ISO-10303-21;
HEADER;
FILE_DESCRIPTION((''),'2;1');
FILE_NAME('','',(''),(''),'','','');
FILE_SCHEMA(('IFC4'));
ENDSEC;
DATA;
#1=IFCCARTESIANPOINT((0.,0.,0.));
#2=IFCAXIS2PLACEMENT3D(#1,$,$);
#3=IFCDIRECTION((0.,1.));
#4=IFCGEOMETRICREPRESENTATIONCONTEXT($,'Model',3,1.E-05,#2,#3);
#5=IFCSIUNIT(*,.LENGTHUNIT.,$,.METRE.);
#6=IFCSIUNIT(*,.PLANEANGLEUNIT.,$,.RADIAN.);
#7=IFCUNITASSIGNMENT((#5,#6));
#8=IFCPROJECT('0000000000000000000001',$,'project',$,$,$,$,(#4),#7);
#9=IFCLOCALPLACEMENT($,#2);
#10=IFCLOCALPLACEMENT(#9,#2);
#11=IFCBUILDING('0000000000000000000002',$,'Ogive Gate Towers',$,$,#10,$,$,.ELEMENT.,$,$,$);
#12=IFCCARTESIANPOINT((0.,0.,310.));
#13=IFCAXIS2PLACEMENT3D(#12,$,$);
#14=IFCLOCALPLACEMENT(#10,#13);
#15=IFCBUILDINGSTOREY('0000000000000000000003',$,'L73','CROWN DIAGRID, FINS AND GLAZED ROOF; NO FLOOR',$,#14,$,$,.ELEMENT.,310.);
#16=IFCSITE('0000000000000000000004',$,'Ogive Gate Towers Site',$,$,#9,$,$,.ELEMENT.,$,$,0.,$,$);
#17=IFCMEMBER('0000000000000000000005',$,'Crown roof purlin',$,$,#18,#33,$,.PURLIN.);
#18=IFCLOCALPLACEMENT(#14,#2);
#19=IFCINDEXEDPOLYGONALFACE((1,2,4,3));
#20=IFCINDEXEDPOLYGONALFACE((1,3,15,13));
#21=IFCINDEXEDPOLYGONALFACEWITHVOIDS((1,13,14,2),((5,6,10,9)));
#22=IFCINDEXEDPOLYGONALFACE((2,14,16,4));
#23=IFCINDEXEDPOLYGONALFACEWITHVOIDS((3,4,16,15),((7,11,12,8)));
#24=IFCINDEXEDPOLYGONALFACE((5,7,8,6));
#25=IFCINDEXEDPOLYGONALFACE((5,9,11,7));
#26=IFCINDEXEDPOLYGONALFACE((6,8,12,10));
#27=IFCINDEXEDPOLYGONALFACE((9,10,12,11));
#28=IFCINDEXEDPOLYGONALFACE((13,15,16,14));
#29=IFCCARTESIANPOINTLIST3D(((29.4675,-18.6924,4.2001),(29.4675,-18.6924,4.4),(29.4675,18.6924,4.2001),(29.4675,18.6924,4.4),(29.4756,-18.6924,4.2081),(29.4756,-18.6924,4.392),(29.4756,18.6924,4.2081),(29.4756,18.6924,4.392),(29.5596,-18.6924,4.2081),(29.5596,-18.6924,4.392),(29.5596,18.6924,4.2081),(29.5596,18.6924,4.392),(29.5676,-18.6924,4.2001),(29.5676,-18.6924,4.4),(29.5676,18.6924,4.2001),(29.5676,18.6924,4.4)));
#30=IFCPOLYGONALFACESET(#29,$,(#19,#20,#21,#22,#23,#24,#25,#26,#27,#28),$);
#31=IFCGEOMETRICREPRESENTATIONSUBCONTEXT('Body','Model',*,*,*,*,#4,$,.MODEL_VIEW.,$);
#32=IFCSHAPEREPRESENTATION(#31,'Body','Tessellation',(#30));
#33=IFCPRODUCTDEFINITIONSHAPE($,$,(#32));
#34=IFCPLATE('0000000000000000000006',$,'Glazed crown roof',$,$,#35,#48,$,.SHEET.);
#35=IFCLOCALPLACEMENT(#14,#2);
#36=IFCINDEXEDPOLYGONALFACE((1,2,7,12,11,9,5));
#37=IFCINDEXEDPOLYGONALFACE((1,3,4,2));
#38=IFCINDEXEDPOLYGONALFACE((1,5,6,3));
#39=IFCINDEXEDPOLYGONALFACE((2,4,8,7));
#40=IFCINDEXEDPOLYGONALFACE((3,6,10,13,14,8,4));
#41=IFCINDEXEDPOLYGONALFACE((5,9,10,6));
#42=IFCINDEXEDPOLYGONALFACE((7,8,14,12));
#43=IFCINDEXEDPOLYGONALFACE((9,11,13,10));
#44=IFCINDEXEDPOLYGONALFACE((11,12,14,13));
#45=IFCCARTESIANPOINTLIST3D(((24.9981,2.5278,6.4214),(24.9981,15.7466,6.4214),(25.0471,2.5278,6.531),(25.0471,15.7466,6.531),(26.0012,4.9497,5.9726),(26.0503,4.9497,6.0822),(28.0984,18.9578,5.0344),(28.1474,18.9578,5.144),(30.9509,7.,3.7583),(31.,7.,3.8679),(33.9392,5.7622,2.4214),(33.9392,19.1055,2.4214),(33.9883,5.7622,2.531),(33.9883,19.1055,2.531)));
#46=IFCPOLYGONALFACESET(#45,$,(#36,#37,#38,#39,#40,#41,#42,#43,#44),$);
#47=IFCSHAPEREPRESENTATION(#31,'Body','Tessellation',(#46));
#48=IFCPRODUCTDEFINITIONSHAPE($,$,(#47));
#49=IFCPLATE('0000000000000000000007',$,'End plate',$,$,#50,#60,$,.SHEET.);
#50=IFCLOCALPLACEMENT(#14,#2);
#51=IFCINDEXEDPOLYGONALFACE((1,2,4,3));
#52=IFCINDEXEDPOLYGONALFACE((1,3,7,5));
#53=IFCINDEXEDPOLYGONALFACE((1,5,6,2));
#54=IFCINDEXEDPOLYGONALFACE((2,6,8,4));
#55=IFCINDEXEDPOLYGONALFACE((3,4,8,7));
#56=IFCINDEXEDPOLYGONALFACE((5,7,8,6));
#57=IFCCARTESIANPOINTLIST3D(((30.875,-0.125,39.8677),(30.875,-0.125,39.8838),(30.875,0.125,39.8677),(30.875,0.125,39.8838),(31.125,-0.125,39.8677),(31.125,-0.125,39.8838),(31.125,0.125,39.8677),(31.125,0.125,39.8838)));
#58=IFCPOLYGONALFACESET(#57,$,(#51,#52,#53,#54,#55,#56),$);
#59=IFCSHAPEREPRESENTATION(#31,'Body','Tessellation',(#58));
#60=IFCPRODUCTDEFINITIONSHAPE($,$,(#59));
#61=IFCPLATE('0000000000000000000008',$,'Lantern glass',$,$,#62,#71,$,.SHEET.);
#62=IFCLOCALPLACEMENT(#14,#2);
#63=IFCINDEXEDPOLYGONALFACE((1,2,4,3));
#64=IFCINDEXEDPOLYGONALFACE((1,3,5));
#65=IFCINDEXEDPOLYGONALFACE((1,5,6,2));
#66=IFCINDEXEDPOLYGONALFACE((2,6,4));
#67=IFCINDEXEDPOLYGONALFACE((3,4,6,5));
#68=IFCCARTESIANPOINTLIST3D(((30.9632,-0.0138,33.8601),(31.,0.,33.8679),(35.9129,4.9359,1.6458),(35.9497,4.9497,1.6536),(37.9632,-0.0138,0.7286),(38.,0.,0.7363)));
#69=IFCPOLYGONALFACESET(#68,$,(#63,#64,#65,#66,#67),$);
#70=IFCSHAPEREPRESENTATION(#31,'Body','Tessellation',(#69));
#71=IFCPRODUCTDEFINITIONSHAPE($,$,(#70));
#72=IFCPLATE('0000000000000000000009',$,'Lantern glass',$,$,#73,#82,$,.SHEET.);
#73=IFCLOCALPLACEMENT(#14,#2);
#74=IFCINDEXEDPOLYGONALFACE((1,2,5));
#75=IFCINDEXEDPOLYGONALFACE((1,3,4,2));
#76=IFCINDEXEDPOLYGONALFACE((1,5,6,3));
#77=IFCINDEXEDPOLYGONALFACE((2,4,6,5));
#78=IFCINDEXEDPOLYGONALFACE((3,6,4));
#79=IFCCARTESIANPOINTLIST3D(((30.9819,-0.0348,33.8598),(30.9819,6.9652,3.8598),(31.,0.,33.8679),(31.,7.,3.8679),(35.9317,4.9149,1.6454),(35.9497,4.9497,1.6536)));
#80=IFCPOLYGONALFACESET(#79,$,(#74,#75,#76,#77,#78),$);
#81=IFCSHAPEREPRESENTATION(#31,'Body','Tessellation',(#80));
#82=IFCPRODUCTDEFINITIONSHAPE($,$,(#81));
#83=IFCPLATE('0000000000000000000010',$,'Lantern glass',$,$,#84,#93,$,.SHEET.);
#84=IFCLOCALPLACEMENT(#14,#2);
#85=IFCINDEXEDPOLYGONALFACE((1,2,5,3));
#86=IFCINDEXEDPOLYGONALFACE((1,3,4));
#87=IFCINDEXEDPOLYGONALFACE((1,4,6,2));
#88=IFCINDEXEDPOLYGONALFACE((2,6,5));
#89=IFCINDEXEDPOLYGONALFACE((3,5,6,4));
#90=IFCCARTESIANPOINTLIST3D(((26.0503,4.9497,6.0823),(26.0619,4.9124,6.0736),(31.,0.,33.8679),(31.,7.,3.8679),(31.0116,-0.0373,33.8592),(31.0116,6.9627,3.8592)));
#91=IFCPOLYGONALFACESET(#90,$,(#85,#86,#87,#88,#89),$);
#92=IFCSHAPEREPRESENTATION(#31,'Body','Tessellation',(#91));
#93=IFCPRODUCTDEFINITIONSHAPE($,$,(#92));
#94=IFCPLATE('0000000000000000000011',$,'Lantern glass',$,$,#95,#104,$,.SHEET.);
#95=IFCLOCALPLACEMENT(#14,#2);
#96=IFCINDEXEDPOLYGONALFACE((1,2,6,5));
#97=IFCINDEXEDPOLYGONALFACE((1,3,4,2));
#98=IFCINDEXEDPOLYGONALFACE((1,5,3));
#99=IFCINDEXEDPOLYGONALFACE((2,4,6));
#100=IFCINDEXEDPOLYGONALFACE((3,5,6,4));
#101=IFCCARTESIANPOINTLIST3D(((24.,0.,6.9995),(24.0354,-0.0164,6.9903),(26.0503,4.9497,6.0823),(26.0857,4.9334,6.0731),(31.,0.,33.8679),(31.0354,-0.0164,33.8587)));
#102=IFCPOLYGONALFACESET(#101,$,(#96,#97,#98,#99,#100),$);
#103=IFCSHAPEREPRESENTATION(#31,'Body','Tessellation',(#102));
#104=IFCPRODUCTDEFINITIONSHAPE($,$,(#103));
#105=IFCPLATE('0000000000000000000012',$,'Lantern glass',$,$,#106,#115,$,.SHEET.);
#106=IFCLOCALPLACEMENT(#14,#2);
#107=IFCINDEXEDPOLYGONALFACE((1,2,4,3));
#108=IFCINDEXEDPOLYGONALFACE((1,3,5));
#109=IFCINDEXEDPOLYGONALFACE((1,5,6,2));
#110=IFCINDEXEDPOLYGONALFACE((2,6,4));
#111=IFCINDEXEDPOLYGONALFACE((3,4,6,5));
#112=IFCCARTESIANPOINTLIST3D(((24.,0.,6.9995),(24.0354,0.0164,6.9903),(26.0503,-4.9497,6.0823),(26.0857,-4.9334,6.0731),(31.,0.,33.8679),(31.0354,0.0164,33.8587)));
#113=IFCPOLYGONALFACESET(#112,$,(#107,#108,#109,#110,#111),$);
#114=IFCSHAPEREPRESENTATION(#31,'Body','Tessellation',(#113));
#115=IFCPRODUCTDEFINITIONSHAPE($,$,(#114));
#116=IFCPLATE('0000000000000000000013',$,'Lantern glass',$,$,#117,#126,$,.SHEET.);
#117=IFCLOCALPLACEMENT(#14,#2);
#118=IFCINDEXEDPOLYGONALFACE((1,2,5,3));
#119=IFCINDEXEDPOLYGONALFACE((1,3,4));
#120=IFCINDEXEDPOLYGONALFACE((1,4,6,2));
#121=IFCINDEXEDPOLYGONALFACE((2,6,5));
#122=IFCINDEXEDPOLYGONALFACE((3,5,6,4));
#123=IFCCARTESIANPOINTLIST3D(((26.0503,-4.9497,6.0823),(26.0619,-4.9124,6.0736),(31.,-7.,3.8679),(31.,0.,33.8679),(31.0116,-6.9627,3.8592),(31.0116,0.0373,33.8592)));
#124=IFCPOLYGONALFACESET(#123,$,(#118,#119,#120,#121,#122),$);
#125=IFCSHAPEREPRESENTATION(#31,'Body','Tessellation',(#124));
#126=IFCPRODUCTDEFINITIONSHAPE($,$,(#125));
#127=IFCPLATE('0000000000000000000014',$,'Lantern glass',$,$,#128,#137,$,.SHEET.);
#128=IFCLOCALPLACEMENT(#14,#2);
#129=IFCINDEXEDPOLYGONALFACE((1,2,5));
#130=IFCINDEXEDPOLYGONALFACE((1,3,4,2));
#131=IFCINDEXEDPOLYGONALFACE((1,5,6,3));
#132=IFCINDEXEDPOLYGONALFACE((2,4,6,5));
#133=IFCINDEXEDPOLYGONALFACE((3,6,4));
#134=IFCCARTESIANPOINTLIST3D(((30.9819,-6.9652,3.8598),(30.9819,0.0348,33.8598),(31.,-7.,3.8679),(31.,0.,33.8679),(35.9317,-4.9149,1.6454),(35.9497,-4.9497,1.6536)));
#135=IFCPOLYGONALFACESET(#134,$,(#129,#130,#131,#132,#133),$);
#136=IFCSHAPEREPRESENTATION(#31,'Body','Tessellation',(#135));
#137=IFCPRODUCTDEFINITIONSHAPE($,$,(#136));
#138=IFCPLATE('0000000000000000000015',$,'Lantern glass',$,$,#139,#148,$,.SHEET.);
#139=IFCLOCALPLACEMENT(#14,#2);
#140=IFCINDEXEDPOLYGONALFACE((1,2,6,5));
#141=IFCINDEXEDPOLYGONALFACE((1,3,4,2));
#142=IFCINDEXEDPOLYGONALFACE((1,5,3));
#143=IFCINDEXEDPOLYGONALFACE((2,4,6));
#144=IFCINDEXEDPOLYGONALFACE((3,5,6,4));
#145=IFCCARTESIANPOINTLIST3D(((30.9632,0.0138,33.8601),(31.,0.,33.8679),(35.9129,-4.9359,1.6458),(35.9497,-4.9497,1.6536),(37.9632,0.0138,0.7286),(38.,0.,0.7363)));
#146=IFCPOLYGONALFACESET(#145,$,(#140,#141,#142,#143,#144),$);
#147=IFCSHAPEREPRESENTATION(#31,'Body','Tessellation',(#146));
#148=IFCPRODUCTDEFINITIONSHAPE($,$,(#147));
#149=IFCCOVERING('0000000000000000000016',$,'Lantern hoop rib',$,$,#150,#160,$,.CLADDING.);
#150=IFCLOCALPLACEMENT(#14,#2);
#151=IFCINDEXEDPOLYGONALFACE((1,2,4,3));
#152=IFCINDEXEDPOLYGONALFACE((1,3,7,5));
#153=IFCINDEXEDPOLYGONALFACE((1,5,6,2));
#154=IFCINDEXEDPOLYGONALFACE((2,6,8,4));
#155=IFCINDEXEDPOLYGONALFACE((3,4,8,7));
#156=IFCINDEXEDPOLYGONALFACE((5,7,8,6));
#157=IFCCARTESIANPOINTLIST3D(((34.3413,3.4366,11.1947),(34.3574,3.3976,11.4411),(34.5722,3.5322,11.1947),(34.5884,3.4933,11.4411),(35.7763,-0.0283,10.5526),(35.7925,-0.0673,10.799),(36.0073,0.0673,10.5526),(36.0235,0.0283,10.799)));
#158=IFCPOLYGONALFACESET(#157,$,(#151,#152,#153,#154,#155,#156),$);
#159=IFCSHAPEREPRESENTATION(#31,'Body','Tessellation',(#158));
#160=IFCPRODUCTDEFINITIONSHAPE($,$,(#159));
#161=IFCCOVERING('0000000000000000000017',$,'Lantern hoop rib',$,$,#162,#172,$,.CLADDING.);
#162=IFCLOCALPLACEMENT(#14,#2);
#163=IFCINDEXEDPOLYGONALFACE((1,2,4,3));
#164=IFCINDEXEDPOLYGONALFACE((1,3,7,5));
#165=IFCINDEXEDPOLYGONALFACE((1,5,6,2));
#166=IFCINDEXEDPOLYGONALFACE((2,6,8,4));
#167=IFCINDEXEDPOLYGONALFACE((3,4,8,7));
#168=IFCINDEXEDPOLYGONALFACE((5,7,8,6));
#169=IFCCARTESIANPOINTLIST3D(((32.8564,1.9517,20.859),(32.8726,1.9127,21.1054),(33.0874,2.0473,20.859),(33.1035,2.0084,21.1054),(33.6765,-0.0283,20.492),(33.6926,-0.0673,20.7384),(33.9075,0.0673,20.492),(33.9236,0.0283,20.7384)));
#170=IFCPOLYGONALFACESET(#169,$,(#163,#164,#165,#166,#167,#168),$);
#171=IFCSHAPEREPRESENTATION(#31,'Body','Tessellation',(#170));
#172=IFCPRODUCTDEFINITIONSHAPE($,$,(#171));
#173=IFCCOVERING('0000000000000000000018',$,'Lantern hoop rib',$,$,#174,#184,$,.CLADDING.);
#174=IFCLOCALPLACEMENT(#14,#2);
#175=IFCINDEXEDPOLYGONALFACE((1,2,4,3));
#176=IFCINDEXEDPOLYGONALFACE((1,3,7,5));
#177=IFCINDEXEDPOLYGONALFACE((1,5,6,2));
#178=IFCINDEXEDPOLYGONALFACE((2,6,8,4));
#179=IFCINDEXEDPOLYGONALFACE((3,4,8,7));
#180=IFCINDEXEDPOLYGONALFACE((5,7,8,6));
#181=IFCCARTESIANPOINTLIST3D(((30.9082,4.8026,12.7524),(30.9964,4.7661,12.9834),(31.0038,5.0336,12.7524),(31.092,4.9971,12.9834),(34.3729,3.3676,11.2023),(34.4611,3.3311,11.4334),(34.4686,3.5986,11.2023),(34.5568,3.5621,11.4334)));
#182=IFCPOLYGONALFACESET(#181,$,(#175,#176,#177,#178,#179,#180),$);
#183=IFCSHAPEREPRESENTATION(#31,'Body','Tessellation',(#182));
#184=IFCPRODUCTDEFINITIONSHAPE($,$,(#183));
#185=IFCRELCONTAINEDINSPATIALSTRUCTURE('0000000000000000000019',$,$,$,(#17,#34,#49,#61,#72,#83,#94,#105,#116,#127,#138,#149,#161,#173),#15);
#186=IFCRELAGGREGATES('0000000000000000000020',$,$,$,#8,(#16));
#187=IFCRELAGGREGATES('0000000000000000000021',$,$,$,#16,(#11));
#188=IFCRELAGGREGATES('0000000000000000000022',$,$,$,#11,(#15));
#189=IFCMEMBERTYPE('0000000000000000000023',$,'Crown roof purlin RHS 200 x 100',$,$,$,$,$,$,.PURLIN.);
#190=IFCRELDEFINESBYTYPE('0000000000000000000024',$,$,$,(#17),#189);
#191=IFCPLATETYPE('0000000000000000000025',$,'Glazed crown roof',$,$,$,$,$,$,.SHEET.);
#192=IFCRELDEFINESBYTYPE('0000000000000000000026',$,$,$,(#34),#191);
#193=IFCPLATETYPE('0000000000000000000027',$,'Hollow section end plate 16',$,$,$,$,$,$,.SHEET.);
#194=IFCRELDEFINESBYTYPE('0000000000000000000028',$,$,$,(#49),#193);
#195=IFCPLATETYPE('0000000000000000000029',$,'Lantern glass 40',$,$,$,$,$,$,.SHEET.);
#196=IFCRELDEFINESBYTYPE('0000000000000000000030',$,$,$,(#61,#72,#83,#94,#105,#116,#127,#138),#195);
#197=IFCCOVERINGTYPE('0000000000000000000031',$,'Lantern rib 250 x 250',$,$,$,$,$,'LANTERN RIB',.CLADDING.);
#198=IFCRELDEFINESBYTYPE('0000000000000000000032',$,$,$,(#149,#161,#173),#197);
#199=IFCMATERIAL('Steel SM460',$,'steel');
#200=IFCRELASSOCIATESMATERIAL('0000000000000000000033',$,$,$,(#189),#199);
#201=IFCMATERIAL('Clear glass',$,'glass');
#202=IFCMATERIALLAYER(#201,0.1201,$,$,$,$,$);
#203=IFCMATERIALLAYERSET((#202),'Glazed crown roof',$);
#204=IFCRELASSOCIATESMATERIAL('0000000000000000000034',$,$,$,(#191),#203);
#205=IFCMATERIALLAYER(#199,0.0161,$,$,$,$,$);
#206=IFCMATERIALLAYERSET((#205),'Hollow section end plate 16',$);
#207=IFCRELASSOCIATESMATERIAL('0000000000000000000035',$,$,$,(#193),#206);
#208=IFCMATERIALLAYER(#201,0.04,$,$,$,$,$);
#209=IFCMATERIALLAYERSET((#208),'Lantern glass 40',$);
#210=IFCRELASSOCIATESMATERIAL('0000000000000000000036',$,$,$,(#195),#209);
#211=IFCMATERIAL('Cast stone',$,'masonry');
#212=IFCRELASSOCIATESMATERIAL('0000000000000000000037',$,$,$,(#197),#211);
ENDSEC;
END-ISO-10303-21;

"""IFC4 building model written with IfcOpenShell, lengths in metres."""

from ifc_helpers import new_model, si_unit, direction, frame, origin, origin_2d, place, context, subcontext, project, spatial, polyline, rectangle, hollow_rectangle, outline, extrude, material, layer, layer_set, material_profile, profile_set, type_object, element, save


model = new_model("IFC4")

# Units and contexts
model_context = context("Model", 3, precision=1e-05, world=origin(), true_north=direction((0.0, 1.0)))
body_context = subcontext(model_context, "Body", "Model", "MODEL_VIEW")
ifc_project = project(units=[si_unit("LENGTHUNIT", "METRE"), si_unit("PLANEANGLEUNIT", "RADIAN")], contexts=[model_context])

# Site, building, storey
site_placement = place(None, origin())
site = spatial("IfcSite", under=ifc_project, at=site_placement, Name="Ogive Gate Towers Site", CompositionType="ELEMENT", RefElevation=0.0)
building_placement = place(site_placement, origin())
building = spatial("IfcBuilding", under=site, at=building_placement, Name="Ogive Gate Towers", CompositionType="ELEMENT")
storey_placement = place(building_placement, frame((0.0, 0.0, 310.0)))
storey = spatial("IfcBuildingStorey", under=building, at=storey_placement, Name="L73", Description="CROWN DIAGRID, FINS AND GLAZED ROOF; NO FLOOR", CompositionType="ELEMENT", Elevation=310.0)

# Member
ifc_material_1 = material(Name="Steel SM460", Category="steel")
ifc_material_profile_1 = material_profile(ifc_material_1, hollow_rectangle(XDim=0.1001, YDim=0.2, WallThickness=0.0081, at=origin_2d()), Name="RHS 200x100x8")
ifc_profile_set_1 = profile_set([ifc_material_profile_1], Name="Steel SM460")
member_type = type_object("IfcMemberType", Name="Crown roof purlin RHS 200 x 100", PredefinedType="PURLIN", material=ifc_profile_set_1)
member_placement = place(storey_placement, frame((29.5176, 18.6924, 4.3), z_axis=(0.0, -1.0, 0.0), x_axis=(1.0, 0.0, 0.0)))
element("IfcMember", 1, at=member_placement, inside=storey, type_object=member_type, Name="Crown roof purlin", PredefinedType="PURLIN", context=body_context, shape_type="SweptSolid", body=[
    extrude(hollow_rectangle(XDim=0.1001, YDim=0.2, WallThickness=0.0081, at=origin_2d()), origin(), (0.0, 0.0, 1.0), 37.3848),
])

# Plates
ifc_material_2 = material(Name="Clear glass", Category="glass")
ifc_layer_1 = layer(ifc_material_2, 0.1201)
ifc_layer_set_1 = layer_set([ifc_layer_1], Name="Glazed crown roof")
plate_type_1 = type_object("IfcPlateType", Name="Glazed crown roof", PredefinedType="SHEET", material=ifc_layer_set_1)
plate_1_placement = place(storey_placement, frame((25.0471, 15.7466, 6.531), z_axis=(0.408366, 0.000002, 0.912818), x_axis=(0.663295, 0.687012, -0.296739)))
element("IfcPlate", 2, at=plate_1_placement, inside=storey, type_object=plate_type_1, Name="Glazed crown roof", PredefinedType="SHEET", context=body_context, shape_type="SweptSolid", body=[
    extrude(outline(polyline([(0.0, 0.0), (4.6741, 0.0), (9.4252, -4.2886), (0.2582, -13.9845), (-1.2702, -10.836), (-6.619, -8.6005), (-9.0814, -9.6054), (0.0, 0.0)])), origin(), (0.0, 0.0, -1.0), 0.1201),
])
ifc_layer_2 = layer(ifc_material_1, 0.0161)
ifc_layer_set_2 = layer_set([ifc_layer_2], Name="Hollow section end plate 16")
plate_type_2 = type_object("IfcPlateType", Name="Hollow section end plate 16", PredefinedType="SHEET", material=ifc_layer_set_2)
plate_2_placement = place(storey_placement, frame((30.875, -0.125, 39.8838), z_axis=(0.0, 0.0, 1.0), x_axis=(1.0, 0.0, 0.0)))
element("IfcPlate", 3, at=plate_2_placement, inside=storey, type_object=plate_type_2, Name="End plate", PredefinedType="SHEET", context=body_context, shape_type="SweptSolid", body=[
    extrude(outline(polyline([(0.0, 0.0), (0.25, 0.0), (0.25, 0.25), (0.0, 0.25), (0.0, 0.0)])), origin(), (0.0, 0.0, -1.0), 0.0161),
])
ifc_layer_3 = layer(ifc_material_2, 0.04)
ifc_layer_set_3 = layer_set([ifc_layer_3], Name="Lantern glass 40")
plate_type_3 = type_object("IfcPlateType", Name="Lantern glass 40", PredefinedType="SHEET", material=ifc_layer_set_3)
plate_3_placement = place(storey_placement, frame((31.0, 0.0, 33.8679), z_axis=(0.918507, 0.344507, 0.194061), x_axis=(0.206715, 0.0, -0.978401)))
element("IfcPlate", 4, at=plate_3_placement, inside=storey, type_object=plate_type_3, Name="Lantern glass", PredefinedType="SHEET", context=body_context, shape_type="SweptSolid", body=[
    extrude(outline(polyline([(0.0, 0.0), (33.863, 0.0), (32.5417, 5.2725), (0.0, 0.0)])), origin(), (0.0, 0.0, -1.0), 0.04),
])
plate_4_placement = place(storey_placement, frame((31.0, 0.0, 33.8679), z_axis=(0.450813, 0.869269, 0.202829), x_axis=(0.150145, 0.150145, -0.977196)))
element("IfcPlate", 5, at=plate_4_placement, inside=storey, type_object=plate_type_3, Name="Lantern glass", PredefinedType="SHEET", context=body_context, shape_type="SweptSolid", body=[
    extrude(outline(polyline([(0.0, 0.0), (32.9661, 0.0), (30.3669, 5.1818), (0.0, 0.0)])), origin(), (0.0, 0.0, -1.0), 0.04),
])
plate_5_placement = place(storey_placement, frame((31.0, 0.0, 33.8679), z_axis=(-0.28887, 0.932325, 0.217542), x_axis=(0.0, 0.22723, -0.973841)))
element("IfcPlate", 6, at=plate_5_placement, inside=storey, type_object=plate_type_3, Name="Lantern glass", PredefinedType="SHEET", context=body_context, shape_type="SweptSolid", body=[
    extrude(outline(polyline([(0.0, 0.0), (30.8058, 0.0), (28.1835, 5.1701), (0.0, 0.0)])), origin(), (0.0, 0.0, -1.0), 0.04),
])
plate_6_placement = place(storey_placement, frame((31.0, 0.0, 33.8679), z_axis=(-0.883268, 0.408515, 0.230117), x_axis=(-0.172742, 0.172742, -0.969701)))
element("IfcPlate", 7, at=plate_6_placement, inside=storey, type_object=plate_type_3, Name="Lantern glass", PredefinedType="SHEET", context=body_context, shape_type="SweptSolid", body=[
    extrude(outline(polyline([(0.0, 0.0), (28.6538, 0.0), (27.2635, 5.2547), (0.0, 0.0)])), origin(), (0.0, 0.0, -1.0), 0.04),
])
plate_7_placement = place(storey_placement, frame((31.0, 0.0, 33.8679), z_axis=(-0.883268, -0.408515, 0.230117), x_axis=(-0.252113, 0.0, -0.967698)))
element("IfcPlate", 8, at=plate_7_placement, inside=storey, type_object=plate_type_3, Name="Lantern glass", PredefinedType="SHEET", context=body_context, shape_type="SweptSolid", body=[
    extrude(outline(polyline([(0.0, 0.0), (27.7653, 0.0), (28.136, 5.4228), (0.0, 0.0)])), origin(), (0.0, 0.0, -1.0), 0.04),
])
plate_8_placement = place(storey_placement, frame((31.0, 0.0, 33.8679), z_axis=(-0.28887, -0.932325, 0.217542), x_axis=(-0.172742, -0.172742, -0.969701)))
element("IfcPlate", 9, at=plate_8_placement, inside=storey, type_object=plate_type_3, Name="Lantern glass", PredefinedType="SHEET", context=body_context, shape_type="SweptSolid", body=[
    extrude(outline(polyline([(0.0, 0.0), (28.6538, 0.0), (30.3002, 5.5584), (0.0, 0.0)])), origin(), (0.0, 0.0, -1.0), 0.04),
])
plate_9_placement = place(storey_placement, frame((31.0, 0.0, 33.8679), z_axis=(0.450813, -0.869269, 0.202829), x_axis=(0.0, -0.22723, -0.973841)))
element("IfcPlate", 10, at=plate_9_placement, inside=storey, type_object=plate_type_3, Name="Lantern glass", PredefinedType="SHEET", context=body_context, shape_type="SweptSolid", body=[
    extrude(outline(polyline([(0.0, 0.0), (30.8058, 0.0), (32.4964, 5.5452), (0.0, 0.0)])), origin(), (0.0, 0.0, -1.0), 0.04),
])
plate_10_placement = place(storey_placement, frame((31.0, 0.0, 33.8679), z_axis=(0.918507, -0.344507, 0.194061), x_axis=(0.150145, -0.150145, -0.977196)))
element("IfcPlate", 11, at=plate_10_placement, inside=storey, type_object=plate_type_3, Name="Lantern glass", PredefinedType="SHEET", context=body_context, shape_type="SweptSolid", body=[
    extrude(outline(polyline([(0.0, 0.0), (32.9661, 0.0), (33.4271, 5.4159), (0.0, 0.0)])), origin(), (0.0, 0.0, -1.0), 0.04),
])

# Coverings
ifc_material_3 = material(Name="Cast stone", Category="masonry")
ifc_material_profile_2 = material_profile(ifc_material_3, rectangle(XDim=0.25, YDim=0.25, at=origin_2d()), Name="250 x 250 cast stone")
ifc_profile_set_2 = profile_set([ifc_material_profile_2], Name="Cast stone")
covering_type = type_object("IfcCoveringType", Name="Lantern rib 250 x 250", ElementType="LANTERN RIB", PredefinedType="CLADDING", material=ifc_profile_set_2)
covering_1_placement = place(storey_placement, frame((35.8999, 0.0, 10.6758), z_axis=(-0.377167, 0.910641, 0.168756), x_axis=(-0.923891, -0.382655, 0.0)))
element("IfcCovering", 12, at=covering_1_placement, inside=storey, type_object=covering_type, Name="Lantern hoop rib", PredefinedType="CLADDING", context=body_context, shape_type="SweptSolid", body=[
    extrude(rectangle(XDim=0.25, YDim=0.25, at=origin_2d()), origin(), (0.0, 0.0, 1.0), 3.8049),
])
covering_2_placement = place(storey_placement, frame((33.8, 0.0, 20.6152), z_axis=(-0.377168, 0.910638, 0.168766), x_axis=(-0.92389, -0.382657, 0.0)))
element("IfcCovering", 13, at=covering_2_placement, inside=storey, type_object=covering_type, Name="Lantern hoop rib", PredefinedType="CLADDING", context=body_context, shape_type="SweptSolid", body=[
    extrude(rectangle(XDim=0.25, YDim=0.25, at=origin_2d()), origin(), (0.0, 0.0, 1.0), 2.1743),
])
covering_3_placement = place(storey_placement, frame((34.4648, 3.4648, 11.3179), z_axis=(-0.853835, 0.353639, 0.381976), x_axis=(-0.382655, -0.923891, 0.0)))
element("IfcCovering", 14, at=covering_3_placement, inside=storey, type_object=covering_type, Name="Lantern hoop rib", PredefinedType="CLADDING", context=body_context, shape_type="SweptSolid", body=[
    extrude(rectangle(XDim=0.25, YDim=0.25, at=origin_2d()), origin(), (0.0, 0.0, 1.0), 4.0579),
])

save(model, "model.ifc")
